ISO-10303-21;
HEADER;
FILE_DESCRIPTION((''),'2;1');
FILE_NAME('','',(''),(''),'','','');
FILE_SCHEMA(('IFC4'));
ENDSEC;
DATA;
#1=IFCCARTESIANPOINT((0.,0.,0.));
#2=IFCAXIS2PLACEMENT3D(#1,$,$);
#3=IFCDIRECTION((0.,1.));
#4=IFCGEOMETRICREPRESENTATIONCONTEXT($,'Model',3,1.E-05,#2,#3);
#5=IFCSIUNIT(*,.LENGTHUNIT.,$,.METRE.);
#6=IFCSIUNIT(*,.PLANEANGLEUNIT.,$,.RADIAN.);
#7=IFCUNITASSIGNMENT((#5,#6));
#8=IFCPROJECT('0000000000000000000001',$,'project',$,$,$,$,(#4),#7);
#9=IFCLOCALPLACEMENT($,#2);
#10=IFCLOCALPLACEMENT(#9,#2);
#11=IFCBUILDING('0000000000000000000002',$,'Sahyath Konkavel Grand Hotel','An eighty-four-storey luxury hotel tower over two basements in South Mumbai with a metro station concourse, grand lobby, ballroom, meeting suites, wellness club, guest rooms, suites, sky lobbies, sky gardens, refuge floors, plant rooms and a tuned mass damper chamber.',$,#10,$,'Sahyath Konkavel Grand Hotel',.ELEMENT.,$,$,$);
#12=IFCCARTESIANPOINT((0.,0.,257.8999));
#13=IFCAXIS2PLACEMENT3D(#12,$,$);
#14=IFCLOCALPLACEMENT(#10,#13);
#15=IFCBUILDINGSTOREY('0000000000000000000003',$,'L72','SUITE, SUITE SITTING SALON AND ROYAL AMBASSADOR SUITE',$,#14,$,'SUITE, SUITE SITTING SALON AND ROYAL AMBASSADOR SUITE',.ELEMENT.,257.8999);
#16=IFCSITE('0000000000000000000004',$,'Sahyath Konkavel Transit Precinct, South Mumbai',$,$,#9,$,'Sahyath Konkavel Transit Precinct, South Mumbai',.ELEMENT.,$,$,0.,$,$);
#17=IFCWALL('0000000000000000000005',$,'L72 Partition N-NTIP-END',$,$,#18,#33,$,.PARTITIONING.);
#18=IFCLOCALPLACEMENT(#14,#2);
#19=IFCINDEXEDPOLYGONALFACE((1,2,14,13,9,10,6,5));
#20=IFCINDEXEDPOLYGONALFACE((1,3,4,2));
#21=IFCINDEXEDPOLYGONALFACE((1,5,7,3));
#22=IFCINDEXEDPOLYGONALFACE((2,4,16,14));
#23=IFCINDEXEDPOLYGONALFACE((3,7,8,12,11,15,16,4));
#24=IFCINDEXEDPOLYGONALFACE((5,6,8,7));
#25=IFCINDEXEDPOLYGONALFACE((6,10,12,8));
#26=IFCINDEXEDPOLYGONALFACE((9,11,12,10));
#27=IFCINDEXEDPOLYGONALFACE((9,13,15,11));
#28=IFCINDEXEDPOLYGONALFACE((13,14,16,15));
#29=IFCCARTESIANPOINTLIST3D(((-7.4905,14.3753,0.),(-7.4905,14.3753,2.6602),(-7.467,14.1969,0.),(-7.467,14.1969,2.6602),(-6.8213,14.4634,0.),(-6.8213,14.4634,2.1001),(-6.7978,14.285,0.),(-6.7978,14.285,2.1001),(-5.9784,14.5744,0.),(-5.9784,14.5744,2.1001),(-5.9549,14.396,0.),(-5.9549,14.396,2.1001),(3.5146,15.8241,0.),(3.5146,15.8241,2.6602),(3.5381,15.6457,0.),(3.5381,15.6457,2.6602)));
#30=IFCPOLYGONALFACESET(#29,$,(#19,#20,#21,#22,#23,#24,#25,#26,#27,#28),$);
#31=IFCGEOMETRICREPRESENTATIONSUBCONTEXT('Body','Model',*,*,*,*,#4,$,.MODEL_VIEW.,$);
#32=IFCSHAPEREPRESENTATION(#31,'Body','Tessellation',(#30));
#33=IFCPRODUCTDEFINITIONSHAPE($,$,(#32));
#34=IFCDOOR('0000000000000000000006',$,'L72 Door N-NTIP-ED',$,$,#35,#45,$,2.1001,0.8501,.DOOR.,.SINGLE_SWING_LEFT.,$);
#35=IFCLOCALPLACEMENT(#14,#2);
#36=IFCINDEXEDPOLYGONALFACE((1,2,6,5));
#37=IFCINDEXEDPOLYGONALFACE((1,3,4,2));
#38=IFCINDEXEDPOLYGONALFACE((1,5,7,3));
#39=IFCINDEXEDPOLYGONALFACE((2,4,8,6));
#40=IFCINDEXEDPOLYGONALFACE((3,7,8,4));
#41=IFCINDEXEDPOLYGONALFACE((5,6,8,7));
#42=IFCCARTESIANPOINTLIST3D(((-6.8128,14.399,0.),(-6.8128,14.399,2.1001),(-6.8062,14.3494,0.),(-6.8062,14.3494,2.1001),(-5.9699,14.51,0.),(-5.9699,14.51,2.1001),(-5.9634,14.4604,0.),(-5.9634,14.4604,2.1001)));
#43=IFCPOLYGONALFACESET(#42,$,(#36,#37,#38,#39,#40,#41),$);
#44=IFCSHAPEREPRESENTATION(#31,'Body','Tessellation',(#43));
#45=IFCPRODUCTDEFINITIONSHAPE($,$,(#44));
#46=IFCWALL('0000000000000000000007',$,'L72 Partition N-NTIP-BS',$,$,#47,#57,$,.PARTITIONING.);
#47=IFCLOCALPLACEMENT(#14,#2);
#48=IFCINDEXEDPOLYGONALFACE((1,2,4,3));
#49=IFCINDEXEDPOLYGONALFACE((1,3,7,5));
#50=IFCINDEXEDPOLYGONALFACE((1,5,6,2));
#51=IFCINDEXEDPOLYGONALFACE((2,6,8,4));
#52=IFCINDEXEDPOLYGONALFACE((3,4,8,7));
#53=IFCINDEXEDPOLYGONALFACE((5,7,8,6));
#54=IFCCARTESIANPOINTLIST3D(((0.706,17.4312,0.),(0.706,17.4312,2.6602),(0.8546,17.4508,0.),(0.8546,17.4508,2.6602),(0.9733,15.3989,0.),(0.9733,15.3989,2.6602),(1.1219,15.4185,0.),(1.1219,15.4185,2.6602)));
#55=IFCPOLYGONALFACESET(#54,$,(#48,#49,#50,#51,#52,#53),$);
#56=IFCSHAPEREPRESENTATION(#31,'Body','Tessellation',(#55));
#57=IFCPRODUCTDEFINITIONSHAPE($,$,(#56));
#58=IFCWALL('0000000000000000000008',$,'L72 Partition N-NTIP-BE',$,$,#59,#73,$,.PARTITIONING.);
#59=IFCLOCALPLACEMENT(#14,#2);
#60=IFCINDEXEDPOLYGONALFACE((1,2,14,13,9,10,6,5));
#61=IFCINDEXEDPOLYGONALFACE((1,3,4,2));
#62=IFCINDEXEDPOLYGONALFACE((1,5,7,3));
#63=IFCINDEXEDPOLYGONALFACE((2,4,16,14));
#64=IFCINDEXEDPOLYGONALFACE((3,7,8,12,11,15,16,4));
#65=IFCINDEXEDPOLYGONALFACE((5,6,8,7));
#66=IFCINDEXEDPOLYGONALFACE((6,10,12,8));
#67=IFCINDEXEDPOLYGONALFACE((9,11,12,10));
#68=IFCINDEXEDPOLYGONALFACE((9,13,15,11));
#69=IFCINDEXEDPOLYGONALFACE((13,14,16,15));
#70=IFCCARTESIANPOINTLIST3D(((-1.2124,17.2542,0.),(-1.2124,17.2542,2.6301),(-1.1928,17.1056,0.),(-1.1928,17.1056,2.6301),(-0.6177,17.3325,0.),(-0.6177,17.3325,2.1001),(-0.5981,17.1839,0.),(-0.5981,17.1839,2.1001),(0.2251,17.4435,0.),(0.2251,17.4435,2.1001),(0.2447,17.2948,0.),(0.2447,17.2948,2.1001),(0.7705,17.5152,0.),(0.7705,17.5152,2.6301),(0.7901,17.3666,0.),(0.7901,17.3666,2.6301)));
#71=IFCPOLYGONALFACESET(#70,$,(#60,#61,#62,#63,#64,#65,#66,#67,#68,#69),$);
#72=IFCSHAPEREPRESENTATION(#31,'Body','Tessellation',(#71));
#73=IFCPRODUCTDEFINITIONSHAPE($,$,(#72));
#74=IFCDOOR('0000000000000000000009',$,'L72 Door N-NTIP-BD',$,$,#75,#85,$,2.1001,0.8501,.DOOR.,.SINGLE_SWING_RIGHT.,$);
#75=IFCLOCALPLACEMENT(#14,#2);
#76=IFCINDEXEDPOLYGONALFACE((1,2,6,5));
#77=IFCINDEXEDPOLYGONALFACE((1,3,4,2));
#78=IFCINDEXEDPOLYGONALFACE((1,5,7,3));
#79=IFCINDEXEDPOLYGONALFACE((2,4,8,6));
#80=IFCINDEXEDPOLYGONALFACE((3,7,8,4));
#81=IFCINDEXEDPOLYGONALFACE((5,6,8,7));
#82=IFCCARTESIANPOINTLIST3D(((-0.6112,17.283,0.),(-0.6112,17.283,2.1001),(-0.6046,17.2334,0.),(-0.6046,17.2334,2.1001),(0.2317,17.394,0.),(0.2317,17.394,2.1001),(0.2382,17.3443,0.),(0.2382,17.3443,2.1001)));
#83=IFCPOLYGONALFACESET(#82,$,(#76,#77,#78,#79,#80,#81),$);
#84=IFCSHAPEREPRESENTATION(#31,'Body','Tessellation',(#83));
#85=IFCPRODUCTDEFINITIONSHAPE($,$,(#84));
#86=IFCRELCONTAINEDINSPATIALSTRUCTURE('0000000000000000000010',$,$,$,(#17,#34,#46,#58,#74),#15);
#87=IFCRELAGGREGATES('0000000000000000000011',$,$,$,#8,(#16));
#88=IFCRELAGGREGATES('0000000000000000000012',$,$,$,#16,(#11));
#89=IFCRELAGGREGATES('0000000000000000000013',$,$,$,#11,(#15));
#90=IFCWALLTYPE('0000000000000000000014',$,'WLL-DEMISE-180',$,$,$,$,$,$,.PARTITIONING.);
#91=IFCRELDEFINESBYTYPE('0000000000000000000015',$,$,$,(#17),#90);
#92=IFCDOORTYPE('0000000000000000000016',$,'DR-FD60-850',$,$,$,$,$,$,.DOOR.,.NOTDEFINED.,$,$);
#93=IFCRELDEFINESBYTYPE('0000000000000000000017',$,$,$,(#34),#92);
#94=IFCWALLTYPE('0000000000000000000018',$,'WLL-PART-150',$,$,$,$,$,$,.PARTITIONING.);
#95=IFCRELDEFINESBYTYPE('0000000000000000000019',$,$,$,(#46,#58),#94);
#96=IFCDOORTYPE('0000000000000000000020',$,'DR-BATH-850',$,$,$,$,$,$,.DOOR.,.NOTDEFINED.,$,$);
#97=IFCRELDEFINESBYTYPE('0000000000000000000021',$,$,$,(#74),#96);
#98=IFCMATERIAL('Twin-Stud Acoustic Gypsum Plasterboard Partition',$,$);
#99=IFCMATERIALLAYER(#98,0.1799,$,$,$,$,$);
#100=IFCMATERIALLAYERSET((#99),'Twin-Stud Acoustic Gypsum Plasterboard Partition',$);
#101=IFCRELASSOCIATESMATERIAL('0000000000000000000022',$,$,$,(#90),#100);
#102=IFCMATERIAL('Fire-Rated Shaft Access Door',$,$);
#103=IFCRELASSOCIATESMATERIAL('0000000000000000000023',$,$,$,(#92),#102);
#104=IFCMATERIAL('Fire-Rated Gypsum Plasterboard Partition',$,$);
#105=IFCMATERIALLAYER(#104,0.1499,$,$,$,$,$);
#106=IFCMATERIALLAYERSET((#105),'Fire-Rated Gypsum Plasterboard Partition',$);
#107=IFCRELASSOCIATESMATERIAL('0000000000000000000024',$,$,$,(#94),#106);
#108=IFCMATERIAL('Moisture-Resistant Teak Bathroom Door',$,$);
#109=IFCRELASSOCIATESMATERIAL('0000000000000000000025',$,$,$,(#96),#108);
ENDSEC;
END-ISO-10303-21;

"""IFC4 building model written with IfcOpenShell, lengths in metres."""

from ifc_helpers import new_model, si_unit, direction, frame, frame_2d, origin, origin_2d, place, context, subcontext, project, spatial, rectangle, extrude, source, transform, mapped, material, layer, layer_set, type_object, element, fill, save


model = new_model("IFC4")

# Units and contexts
model_context = context("Model", 3, precision=1e-05, world=origin(), true_north=direction((0.0, 1.0)))
body_context = subcontext(model_context, "Body", "Model", "MODEL_VIEW")
ifc_project = project(units=[si_unit("LENGTHUNIT", "METRE"), si_unit("PLANEANGLEUNIT", "RADIAN")], contexts=[model_context])

# Site, building, storey
site_placement = place(None, origin())
site = spatial("IfcSite", under=ifc_project, at=site_placement, Name="Sahyath Konkavel Transit Precinct, South Mumbai", LongName="Sahyath Konkavel Transit Precinct, South Mumbai", CompositionType="ELEMENT", RefElevation=0.0)
building_placement = place(site_placement, origin())
building = spatial("IfcBuilding", under=site, at=building_placement, Name="Sahyath Konkavel Grand Hotel", Description="An eighty-four-storey luxury hotel tower over two basements in South Mumbai with a metro station concourse, grand lobby, ballroom, meeting suites, wellness club, guest rooms, suites, sky lobbies, sky gardens, refuge floors, plant rooms and a tuned mass damper chamber.", LongName="Sahyath Konkavel Grand Hotel", CompositionType="ELEMENT")
storey_placement = place(building_placement, frame((0.0, 0.0, 257.8999)))
storey = spatial("IfcBuildingStorey", under=building, at=storey_placement, Name="L72", Description="SUITE, SUITE SITTING SALON AND ROYAL AMBASSADOR SUITE", LongName="SUITE, SUITE SITTING SALON AND ROYAL AMBASSADOR SUITE", CompositionType="ELEMENT", Elevation=257.8999)

# Wall, opening, door
ifc_material_1 = material(Name="Twin-Stud Acoustic Gypsum Plasterboard Partition")
ifc_layer_1 = layer(ifc_material_1, 0.1799)
ifc_layer_set_1 = layer_set([ifc_layer_1], Name="Twin-Stud Acoustic Gypsum Plasterboard Partition")
wall_type_1 = type_object("IfcWallType", Name="WLL-DEMISE-180", PredefinedType="PARTITIONING", material=ifc_layer_set_1)
wall_1_placement = place(storey_placement, frame((3.5264, 15.7349, 0.0), z_axis=(0.0, 0.0, 1.0), x_axis=(-0.991446, -0.130515, 0.0)))
wall_1 = element("IfcWall", 1, at=wall_1_placement, inside=storey, type_object=wall_type_1, Name="L72 Partition N-NTIP-END", PredefinedType="PARTITIONING", context=body_context, shape_type="SweptSolid", body=[
    extrude(rectangle(XDim=11.1001, YDim=0.1799, at=frame_2d((5.55, 0.0))), origin(), (0.0, 0.0, 1.0), 2.6602),
])
opening_1_placement = place(wall_1_placement, frame((9.575, 0.0, 0.0)))
opening_1 = element("IfcOpeningElement", 2, at=opening_1_placement, cuts=wall_1, PredefinedType="OPENING", context=body_context, shape_type="SweptSolid", body=[
    extrude(rectangle(XDim=0.8501, YDim=2.1001, at=frame_2d((0.425, 1.05))), frame((0.0, 0.1001, 0.0), z_axis=(0.0, -1.0, 0.0), x_axis=(1.0, 0.0, 0.0)), (0.0, 0.0, 1.0), 0.2),
])
ifc_material_2 = material(Name="Fire-Rated Shaft Access Door")
door_type_1 = type_object("IfcDoorType", Name="DR-FD60-850", OperationType="NOTDEFINED", PredefinedType="DOOR", material=ifc_material_2)
shared_shape_1 = source(origin(), body_context, "Body", "SweptSolid", [
    extrude(rectangle(XDim=0.8501, YDim=0.05, at=origin_2d()), origin(), (0.0, 0.0, 1.0), 2.1001),
])
door_1_placement = place(opening_1_placement, frame((0.425, 0.0, 0.0)))
door_1 = element("IfcDoor", 3, at=door_1_placement, inside=storey, type_object=door_type_1, Name="L72 Door N-NTIP-ED", OperationType="SINGLE_SWING_LEFT", OverallHeight=2.1001, OverallWidth=0.8501, PredefinedType="DOOR", context=body_context, shape_type="MappedRepresentation", body=[
    mapped(shared_shape_1, transform((0.0, 0.0, 0.0), scale=1.0)),
])
fill(opening_1, door_1)

# Wall
ifc_material_3 = material(Name="Fire-Rated Gypsum Plasterboard Partition")
ifc_layer_2 = layer(ifc_material_3, 0.1499)
ifc_layer_set_2 = layer_set([ifc_layer_2], Name="Fire-Rated Gypsum Plasterboard Partition")
wall_type_2 = type_object("IfcWallType", Name="WLL-PART-150", PredefinedType="PARTITIONING", material=ifc_layer_set_2)
wall_2_placement = place(storey_placement, frame((1.0476, 15.4087, 0.0), z_axis=(0.0, 0.0, 1.0), x_axis=(-0.130424, 0.991458, 0.0)))
element("IfcWall", 4, at=wall_2_placement, inside=storey, type_object=wall_type_2, Name="L72 Partition N-NTIP-BS", PredefinedType="PARTITIONING", context=body_context, shape_type="SweptSolid", body=[
    extrude(rectangle(XDim=2.0498, YDim=0.1499, at=frame_2d((1.0249, 0.0))), origin(), (0.0, 0.0, 1.0), 2.6602),
])

# Wall, opening, door
wall_3_placement = place(storey_placement, frame((0.7803, 17.4409, 0.0), z_axis=(0.0, 0.0, 1.0), x_axis=(-0.991449, -0.130492, 0.0)))
wall_3 = element("IfcWall", 5, at=wall_3_placement, inside=storey, type_object=wall_type_2, Name="L72 Partition N-NTIP-BE", PredefinedType="PARTITIONING", context=body_context, shape_type="SweptSolid", body=[
    extrude(rectangle(XDim=2.0, YDim=0.1499, at=frame_2d((1.0, 0.0))), origin(), (0.0, 0.0, 1.0), 2.6301),
])
opening_2_placement = place(wall_3_placement, frame((0.55, 0.0, 0.0)))
opening_2 = element("IfcOpeningElement", 6, at=opening_2_placement, cuts=wall_3, PredefinedType="OPENING", context=body_context, shape_type="SweptSolid", body=[
    extrude(rectangle(XDim=0.8501, YDim=2.1001, at=frame_2d((0.425, 1.05))), frame((0.0, 0.085, 0.0), z_axis=(0.0, -1.0, 0.0), x_axis=(1.0, 0.0, 0.0)), (0.0, 0.0, 1.0), 0.1699),
])
ifc_material_4 = material(Name="Moisture-Resistant Teak Bathroom Door")
door_type_2 = type_object("IfcDoorType", Name="DR-BATH-850", OperationType="NOTDEFINED", PredefinedType="DOOR", material=ifc_material_4)
door_2_placement = place(opening_2_placement, frame((0.425, 0.0, 0.0)))
door_2 = element("IfcDoor", 7, at=door_2_placement, inside=storey, type_object=door_type_2, Name="L72 Door N-NTIP-BD", OperationType="SINGLE_SWING_RIGHT", OverallHeight=2.1001, OverallWidth=0.8501, PredefinedType="DOOR", context=body_context, shape_type="MappedRepresentation", body=[
    mapped(shared_shape_1, transform((0.0, 0.0, 0.0), scale=1.0)),
])
fill(opening_2, door_2)

save(model, "model.ifc")
